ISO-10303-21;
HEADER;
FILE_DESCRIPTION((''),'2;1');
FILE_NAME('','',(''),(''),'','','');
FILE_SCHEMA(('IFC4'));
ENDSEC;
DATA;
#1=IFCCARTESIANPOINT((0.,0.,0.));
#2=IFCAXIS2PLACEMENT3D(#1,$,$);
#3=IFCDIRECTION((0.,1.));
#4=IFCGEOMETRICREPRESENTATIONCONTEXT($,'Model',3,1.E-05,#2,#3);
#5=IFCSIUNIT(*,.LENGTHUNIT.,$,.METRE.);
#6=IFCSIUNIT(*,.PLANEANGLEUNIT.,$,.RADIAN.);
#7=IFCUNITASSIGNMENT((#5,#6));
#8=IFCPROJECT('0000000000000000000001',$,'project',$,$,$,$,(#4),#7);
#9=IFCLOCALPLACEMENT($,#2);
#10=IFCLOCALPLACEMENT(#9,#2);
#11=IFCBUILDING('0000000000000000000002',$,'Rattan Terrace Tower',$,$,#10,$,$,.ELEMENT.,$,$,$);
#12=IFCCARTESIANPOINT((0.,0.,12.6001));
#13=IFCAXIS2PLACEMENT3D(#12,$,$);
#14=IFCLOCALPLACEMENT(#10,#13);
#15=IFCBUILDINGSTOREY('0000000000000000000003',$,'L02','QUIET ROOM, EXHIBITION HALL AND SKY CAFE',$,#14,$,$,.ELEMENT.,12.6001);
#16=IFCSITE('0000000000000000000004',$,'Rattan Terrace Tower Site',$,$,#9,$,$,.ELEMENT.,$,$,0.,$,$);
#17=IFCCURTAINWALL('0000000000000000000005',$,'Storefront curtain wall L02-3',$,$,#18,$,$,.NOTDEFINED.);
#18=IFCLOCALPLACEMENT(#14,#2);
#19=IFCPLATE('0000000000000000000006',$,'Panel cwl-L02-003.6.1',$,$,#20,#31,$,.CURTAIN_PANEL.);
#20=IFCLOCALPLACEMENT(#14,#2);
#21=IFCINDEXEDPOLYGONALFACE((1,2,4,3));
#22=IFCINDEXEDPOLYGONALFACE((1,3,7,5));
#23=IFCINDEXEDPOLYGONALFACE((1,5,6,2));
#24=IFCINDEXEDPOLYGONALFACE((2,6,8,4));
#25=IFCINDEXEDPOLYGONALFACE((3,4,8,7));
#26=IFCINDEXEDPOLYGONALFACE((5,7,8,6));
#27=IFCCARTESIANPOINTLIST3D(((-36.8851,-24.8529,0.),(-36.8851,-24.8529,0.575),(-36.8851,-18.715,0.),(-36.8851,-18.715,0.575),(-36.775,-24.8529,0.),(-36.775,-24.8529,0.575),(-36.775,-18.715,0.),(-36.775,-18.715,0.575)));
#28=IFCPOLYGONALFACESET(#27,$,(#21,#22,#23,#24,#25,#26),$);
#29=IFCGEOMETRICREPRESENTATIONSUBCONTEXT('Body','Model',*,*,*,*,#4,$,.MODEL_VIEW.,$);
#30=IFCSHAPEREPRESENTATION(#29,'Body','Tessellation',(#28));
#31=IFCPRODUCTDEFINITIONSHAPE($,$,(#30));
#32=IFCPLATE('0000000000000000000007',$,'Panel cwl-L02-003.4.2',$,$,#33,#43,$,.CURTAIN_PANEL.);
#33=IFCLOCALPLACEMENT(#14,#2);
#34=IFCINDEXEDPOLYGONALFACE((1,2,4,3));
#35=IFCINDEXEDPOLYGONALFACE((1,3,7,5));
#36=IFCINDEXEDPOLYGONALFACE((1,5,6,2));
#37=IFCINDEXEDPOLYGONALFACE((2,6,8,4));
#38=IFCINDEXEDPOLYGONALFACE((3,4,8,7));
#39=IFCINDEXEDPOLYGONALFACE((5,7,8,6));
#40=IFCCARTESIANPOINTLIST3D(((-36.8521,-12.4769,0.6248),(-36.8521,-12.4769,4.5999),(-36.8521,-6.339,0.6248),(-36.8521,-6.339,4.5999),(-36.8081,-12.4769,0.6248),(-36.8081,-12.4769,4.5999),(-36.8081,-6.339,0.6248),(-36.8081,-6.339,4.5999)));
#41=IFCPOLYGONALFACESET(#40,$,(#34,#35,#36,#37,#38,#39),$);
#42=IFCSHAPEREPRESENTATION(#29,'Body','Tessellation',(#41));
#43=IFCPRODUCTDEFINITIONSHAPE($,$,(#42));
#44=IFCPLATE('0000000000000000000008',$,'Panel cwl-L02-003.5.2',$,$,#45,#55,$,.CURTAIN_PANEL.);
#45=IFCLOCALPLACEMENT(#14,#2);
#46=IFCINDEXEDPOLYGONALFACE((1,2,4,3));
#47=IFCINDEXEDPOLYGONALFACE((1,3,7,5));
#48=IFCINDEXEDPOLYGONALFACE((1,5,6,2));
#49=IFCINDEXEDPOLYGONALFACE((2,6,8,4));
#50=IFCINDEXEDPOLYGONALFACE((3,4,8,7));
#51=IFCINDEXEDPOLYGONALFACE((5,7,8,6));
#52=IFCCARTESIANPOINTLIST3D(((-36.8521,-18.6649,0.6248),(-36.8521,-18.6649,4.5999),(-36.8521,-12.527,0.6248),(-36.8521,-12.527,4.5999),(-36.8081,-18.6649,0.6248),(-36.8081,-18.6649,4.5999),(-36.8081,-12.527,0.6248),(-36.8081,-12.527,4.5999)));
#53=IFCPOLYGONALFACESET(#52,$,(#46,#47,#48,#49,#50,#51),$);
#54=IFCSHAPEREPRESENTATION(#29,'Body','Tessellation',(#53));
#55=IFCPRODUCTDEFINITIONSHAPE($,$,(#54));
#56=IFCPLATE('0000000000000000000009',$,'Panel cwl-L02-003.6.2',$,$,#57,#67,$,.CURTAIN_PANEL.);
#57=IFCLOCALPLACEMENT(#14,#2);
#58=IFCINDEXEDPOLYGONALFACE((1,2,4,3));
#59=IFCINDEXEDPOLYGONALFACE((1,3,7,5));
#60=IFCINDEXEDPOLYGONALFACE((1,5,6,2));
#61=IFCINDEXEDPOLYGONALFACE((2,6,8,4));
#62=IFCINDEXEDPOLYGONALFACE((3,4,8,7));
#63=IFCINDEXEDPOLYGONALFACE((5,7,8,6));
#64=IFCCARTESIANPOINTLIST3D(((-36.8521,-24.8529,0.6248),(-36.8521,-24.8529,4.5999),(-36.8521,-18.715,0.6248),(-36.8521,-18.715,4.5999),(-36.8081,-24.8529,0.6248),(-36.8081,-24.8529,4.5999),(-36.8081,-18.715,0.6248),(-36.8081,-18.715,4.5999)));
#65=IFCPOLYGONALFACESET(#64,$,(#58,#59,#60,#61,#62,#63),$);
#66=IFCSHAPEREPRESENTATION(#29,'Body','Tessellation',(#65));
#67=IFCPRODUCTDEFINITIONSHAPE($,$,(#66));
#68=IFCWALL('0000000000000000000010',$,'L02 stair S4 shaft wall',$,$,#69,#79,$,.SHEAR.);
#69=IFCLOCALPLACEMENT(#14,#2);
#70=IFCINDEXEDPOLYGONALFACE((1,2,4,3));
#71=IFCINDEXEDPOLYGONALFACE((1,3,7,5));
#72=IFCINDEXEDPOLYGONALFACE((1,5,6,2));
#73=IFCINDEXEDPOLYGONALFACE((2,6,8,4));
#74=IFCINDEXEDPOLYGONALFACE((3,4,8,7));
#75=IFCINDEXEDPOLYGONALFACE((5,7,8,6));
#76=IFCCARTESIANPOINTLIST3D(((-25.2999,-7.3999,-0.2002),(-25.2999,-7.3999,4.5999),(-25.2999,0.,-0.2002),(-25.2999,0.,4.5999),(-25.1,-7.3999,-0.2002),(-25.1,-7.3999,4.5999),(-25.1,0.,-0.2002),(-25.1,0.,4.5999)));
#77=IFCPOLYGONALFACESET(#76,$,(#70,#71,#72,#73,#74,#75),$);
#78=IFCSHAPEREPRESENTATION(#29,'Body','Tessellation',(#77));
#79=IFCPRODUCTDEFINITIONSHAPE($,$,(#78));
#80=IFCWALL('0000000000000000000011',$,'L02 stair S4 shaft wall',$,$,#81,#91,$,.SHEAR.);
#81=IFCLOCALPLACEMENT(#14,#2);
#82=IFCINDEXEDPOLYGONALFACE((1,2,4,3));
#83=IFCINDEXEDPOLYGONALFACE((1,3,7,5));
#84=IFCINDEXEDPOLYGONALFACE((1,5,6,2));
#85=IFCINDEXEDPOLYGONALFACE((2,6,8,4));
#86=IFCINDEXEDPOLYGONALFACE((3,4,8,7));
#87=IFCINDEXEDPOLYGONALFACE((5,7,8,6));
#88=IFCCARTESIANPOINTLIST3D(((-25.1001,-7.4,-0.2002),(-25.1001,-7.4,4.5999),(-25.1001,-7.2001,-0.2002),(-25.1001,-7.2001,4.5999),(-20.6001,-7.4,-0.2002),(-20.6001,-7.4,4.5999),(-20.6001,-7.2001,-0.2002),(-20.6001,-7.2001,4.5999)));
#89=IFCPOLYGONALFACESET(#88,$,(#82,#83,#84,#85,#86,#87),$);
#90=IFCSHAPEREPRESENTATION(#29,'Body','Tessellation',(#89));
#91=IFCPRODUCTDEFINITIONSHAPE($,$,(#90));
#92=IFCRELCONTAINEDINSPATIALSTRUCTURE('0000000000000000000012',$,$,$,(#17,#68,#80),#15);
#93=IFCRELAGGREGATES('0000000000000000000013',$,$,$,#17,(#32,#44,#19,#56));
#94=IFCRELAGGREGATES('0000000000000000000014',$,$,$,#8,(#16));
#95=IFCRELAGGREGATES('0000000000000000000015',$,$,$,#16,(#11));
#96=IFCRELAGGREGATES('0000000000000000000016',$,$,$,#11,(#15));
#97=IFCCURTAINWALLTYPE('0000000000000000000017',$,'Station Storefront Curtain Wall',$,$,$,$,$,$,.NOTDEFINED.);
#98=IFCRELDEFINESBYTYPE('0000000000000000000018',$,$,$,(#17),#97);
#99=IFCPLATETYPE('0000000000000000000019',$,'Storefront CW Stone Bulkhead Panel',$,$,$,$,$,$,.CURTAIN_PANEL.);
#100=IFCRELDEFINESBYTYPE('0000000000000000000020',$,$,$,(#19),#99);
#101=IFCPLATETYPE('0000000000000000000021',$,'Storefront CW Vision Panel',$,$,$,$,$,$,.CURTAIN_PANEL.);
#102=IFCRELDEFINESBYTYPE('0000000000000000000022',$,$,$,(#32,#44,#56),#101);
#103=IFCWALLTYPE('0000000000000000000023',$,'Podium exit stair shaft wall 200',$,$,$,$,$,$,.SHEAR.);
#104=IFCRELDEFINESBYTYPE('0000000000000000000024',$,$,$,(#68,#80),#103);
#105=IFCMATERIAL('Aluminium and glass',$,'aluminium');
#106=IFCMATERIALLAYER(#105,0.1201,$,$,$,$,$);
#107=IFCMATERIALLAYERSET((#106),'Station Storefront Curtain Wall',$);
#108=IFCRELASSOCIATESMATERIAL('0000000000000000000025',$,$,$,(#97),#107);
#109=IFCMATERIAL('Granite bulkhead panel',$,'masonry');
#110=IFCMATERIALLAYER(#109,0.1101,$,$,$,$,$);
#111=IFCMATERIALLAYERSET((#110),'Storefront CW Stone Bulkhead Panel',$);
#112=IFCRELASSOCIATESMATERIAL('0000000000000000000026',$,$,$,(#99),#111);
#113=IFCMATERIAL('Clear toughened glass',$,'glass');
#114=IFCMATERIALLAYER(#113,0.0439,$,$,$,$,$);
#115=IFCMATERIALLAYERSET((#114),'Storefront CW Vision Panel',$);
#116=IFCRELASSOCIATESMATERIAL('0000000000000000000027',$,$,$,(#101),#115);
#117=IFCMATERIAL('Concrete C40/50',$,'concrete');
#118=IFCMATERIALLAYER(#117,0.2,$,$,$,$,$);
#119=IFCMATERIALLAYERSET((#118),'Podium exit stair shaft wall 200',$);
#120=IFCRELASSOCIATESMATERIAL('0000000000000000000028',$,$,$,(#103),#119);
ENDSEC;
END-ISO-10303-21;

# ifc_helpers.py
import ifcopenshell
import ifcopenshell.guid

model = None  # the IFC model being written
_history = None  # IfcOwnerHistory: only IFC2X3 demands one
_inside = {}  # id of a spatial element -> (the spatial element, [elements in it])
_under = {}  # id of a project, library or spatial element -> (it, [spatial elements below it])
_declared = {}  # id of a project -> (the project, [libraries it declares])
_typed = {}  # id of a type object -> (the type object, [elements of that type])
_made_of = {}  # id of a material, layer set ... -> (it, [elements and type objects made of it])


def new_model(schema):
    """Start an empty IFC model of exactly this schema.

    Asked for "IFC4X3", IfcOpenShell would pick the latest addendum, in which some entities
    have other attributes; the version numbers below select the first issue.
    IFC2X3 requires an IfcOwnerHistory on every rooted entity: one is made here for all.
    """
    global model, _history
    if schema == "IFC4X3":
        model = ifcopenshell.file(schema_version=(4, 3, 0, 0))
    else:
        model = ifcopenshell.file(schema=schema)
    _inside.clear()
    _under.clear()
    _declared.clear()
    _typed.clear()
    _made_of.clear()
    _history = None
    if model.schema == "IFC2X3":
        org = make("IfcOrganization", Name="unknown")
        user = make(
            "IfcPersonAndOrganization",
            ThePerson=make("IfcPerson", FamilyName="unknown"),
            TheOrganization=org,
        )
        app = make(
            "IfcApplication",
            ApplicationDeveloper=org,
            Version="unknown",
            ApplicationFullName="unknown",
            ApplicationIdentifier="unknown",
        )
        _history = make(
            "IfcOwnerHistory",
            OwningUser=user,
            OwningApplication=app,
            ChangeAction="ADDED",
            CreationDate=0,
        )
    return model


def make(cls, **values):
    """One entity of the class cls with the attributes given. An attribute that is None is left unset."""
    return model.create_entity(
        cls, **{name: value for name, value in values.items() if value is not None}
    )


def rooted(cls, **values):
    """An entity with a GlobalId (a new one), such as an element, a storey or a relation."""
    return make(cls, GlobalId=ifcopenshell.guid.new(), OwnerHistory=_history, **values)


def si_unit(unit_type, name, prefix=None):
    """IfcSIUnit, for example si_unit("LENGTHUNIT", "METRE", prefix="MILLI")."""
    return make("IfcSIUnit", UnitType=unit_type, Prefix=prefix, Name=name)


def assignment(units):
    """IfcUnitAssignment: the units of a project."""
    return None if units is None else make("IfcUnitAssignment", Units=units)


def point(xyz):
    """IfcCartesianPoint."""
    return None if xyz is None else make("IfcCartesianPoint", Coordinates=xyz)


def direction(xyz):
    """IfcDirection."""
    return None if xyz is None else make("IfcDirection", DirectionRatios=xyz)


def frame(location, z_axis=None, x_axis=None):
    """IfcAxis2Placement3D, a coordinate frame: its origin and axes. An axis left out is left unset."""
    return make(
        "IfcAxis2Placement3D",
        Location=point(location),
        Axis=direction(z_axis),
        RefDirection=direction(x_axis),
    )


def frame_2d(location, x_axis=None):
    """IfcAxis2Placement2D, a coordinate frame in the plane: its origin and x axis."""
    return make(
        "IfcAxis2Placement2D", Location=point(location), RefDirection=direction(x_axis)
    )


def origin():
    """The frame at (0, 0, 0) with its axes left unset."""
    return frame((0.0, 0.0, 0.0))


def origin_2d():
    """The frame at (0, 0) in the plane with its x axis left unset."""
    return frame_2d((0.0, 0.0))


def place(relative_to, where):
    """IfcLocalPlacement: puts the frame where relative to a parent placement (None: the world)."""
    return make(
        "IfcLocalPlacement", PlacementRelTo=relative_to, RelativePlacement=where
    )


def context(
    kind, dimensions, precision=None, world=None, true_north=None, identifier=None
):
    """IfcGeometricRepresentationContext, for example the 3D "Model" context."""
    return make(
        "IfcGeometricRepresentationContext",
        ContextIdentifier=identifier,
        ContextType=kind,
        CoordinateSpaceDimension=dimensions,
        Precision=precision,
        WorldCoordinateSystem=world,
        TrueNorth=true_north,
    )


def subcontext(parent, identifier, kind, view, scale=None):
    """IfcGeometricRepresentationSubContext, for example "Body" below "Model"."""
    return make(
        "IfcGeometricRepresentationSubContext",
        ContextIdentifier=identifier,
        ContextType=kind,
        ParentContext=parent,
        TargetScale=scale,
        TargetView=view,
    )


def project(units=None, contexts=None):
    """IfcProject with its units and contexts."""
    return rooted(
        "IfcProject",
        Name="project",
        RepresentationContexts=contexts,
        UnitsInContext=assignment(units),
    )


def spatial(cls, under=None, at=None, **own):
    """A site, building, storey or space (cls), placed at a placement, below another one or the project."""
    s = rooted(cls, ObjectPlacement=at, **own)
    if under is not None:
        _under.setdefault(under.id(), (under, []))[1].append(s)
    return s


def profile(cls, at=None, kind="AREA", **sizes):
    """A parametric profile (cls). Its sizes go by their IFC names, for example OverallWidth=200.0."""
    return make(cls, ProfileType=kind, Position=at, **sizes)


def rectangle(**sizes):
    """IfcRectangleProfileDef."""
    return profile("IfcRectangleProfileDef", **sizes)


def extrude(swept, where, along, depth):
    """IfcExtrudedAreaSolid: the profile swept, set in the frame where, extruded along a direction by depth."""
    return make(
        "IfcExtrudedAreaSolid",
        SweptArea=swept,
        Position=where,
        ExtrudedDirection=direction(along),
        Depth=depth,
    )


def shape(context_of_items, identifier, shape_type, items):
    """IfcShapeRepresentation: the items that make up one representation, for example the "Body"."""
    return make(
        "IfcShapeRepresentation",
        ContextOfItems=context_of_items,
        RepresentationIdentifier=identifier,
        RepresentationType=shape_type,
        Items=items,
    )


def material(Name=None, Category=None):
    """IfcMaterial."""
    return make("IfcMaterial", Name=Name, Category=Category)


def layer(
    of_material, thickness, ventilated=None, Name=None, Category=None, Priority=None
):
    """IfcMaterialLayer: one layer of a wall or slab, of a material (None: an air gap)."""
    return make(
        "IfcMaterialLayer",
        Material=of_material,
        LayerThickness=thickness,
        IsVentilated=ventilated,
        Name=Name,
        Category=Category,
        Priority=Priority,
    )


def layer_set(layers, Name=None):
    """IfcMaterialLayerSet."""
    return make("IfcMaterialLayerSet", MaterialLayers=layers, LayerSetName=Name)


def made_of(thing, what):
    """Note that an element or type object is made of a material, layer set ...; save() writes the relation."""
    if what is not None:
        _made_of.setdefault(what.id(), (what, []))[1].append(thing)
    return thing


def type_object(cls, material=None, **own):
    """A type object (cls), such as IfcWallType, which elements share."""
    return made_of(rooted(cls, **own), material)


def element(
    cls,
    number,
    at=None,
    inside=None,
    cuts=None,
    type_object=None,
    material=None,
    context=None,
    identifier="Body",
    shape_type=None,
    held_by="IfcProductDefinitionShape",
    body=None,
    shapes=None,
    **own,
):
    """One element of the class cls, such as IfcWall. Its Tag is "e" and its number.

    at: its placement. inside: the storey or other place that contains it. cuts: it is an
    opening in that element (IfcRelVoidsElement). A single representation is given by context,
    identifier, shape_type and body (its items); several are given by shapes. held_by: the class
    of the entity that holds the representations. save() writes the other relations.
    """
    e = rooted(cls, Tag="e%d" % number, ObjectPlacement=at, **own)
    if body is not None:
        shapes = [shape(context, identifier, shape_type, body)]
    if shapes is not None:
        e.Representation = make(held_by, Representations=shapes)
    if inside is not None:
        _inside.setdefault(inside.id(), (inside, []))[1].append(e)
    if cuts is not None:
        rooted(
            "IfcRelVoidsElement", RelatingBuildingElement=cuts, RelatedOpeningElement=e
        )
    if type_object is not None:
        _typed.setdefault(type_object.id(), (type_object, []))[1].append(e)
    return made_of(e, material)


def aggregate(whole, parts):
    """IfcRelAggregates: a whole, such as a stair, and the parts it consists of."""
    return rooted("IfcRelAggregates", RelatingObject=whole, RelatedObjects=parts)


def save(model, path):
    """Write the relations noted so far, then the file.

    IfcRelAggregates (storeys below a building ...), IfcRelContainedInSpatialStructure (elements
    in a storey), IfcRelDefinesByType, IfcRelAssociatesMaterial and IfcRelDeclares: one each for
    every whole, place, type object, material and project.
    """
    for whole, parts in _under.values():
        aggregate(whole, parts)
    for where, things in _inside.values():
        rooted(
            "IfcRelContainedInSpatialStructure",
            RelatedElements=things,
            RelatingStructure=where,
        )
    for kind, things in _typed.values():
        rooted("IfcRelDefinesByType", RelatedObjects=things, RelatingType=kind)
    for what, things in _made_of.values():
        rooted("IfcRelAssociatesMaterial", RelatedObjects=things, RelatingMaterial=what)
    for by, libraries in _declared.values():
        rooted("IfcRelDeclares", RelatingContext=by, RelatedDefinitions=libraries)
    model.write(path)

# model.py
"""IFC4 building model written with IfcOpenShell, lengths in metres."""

from ifc_helpers import new_model, si_unit, direction, frame, frame_2d, origin, origin_2d, place, context, subcontext, project, spatial, rectangle, extrude, material, layer, layer_set, type_object, element, aggregate, save


model = new_model("IFC4")

# Units and contexts
model_context = context("Model", 3, precision=1e-05, world=origin(), true_north=direction((0.0, 1.0)))
body_context = subcontext(model_context, "Body", "Model", "MODEL_VIEW")
ifc_project = project(units=[si_unit("LENGTHUNIT", "METRE"), si_unit("PLANEANGLEUNIT", "RADIAN")], contexts=[model_context])

# Site, building, storey
site_placement = place(None, origin())
site = spatial("IfcSite", under=ifc_project, at=site_placement, Name="Rattan Terrace Tower Site", CompositionType="ELEMENT", RefElevation=0.0)
building_placement = place(site_placement, origin())
building = spatial("IfcBuilding", under=site, at=building_placement, Name="Rattan Terrace Tower", CompositionType="ELEMENT")
storey_placement = place(building_placement, frame((0.0, 0.0, 12.6001)))
storey = spatial("IfcBuildingStorey", under=building, at=storey_placement, Name="L02", Description="QUIET ROOM, EXHIBITION HALL AND SKY CAFE", CompositionType="ELEMENT", Elevation=12.6001)

# Curtain wall, plates
ifc_material_1 = material(Name="Aluminium and glass", Category="aluminium")
ifc_layer_1 = layer(ifc_material_1, 0.1201)
ifc_layer_set_1 = layer_set([ifc_layer_1], Name="Station Storefront Curtain Wall")
curtain_wall_type = type_object("IfcCurtainWallType", Name="Station Storefront Curtain Wall", PredefinedType="NOTDEFINED", material=ifc_layer_set_1)
curtain_wall_placement = place(storey_placement, origin())
curtain_wall = element("IfcCurtainWall", 1, at=curtain_wall_placement, inside=storey, type_object=curtain_wall_type, Name="Storefront curtain wall L02-3", PredefinedType="NOTDEFINED")
ifc_material_2 = material(Name="Granite bulkhead panel", Category="masonry")
ifc_layer_2 = layer(ifc_material_2, 0.1101)
ifc_layer_set_2 = layer_set([ifc_layer_2], Name="Storefront CW Stone Bulkhead Panel")
plate_type_1 = type_object("IfcPlateType", Name="Storefront CW Stone Bulkhead Panel", PredefinedType="CURTAIN_PANEL", material=ifc_layer_set_2)
plate_1_placement = place(storey_placement, frame((-36.8301, -21.7839, 0.0), z_axis=(0.0, 0.0, 1.0), x_axis=(0.0, -1.0, 0.0)))
plate_1 = element("IfcPlate", 2, at=plate_1_placement, type_object=plate_type_1, Name="Panel cwl-L02-003.6.1", PredefinedType="CURTAIN_PANEL", context=body_context, shape_type="SweptSolid", body=[
    extrude(rectangle(XDim=6.1379, YDim=0.1101, at=origin_2d()), origin(), (0.0, 0.0, 1.0), 0.575),
])
ifc_material_3 = material(Name="Clear toughened glass", Category="glass")
ifc_layer_3 = layer(ifc_material_3, 0.0439)
ifc_layer_set_3 = layer_set([ifc_layer_3], Name="Storefront CW Vision Panel")
plate_type_2 = type_object("IfcPlateType", Name="Storefront CW Vision Panel", PredefinedType="CURTAIN_PANEL", material=ifc_layer_set_3)
plate_2_placement = place(storey_placement, frame((-36.8301, -9.408, 0.6248), z_axis=(0.0, 0.0, 1.0), x_axis=(0.0, -1.0, 0.0)))
plate_2 = element("IfcPlate", 3, at=plate_2_placement, type_object=plate_type_2, Name="Panel cwl-L02-003.4.2", PredefinedType="CURTAIN_PANEL", context=body_context, shape_type="SweptSolid", body=[
    extrude(rectangle(XDim=6.1379, YDim=0.0439, at=origin_2d()), origin(), (0.0, 0.0, 1.0), 3.9751),
])
plate_3_placement = place(storey_placement, frame((-36.8301, -15.5959, 0.6248), z_axis=(0.0, 0.0, 1.0), x_axis=(0.0, -1.0, 0.0)))
plate_3 = element("IfcPlate", 4, at=plate_3_placement, type_object=plate_type_2, Name="Panel cwl-L02-003.5.2", PredefinedType="CURTAIN_PANEL", context=body_context, shape_type="SweptSolid", body=[
    extrude(rectangle(XDim=6.1379, YDim=0.0439, at=origin_2d()), origin(), (0.0, 0.0, 1.0), 3.9751),
])
plate_4_placement = place(storey_placement, frame((-36.8301, -21.7839, 0.6248), z_axis=(0.0, 0.0, 1.0), x_axis=(0.0, -1.0, 0.0)))
plate_4 = element("IfcPlate", 5, at=plate_4_placement, type_object=plate_type_2, Name="Panel cwl-L02-003.6.2", PredefinedType="CURTAIN_PANEL", context=body_context, shape_type="SweptSolid", body=[
    extrude(rectangle(XDim=6.1379, YDim=0.0439, at=origin_2d()), origin(), (0.0, 0.0, 1.0), 3.9751),
])
aggregate(curtain_wall, [plate_2, plate_3, plate_1, plate_4])

# Walls
ifc_material_4 = material(Name="Concrete C40/50", Category="concrete")
ifc_layer_4 = layer(ifc_material_4, 0.2)
ifc_layer_set_4 = layer_set([ifc_layer_4], Name="Podium exit stair shaft wall 200")
wall_type = type_object("IfcWallType", Name="Podium exit stair shaft wall 200", PredefinedType="SHEAR", material=ifc_layer_set_4)
wall_1_placement = place(storey_placement, frame((-25.2, -7.3999, -0.2002), z_axis=(0.0, 0.0, 1.0), x_axis=(0.0, 1.0, 0.0)))
element("IfcWall", 6, at=wall_1_placement, inside=storey, type_object=wall_type, Name="L02 stair S4 shaft wall", PredefinedType="SHEAR", context=body_context, shape_type="SweptSolid", body=[
    extrude(rectangle(XDim=7.3999, YDim=0.2, at=frame_2d((3.7, 0.0))), origin(), (0.0, 0.0, 1.0), 4.8),
])
wall_2_placement = place(storey_placement, frame((-25.1001, -7.3, -0.2002), z_axis=(0.0, 0.0, 1.0), x_axis=(1.0, 0.0, 0.0)))
element("IfcWall", 7, at=wall_2_placement, inside=storey, type_object=wall_type, Name="L02 stair S4 shaft wall", PredefinedType="SHEAR", context=body_context, shape_type="SweptSolid", body=[
    extrude(rectangle(XDim=4.5, YDim=0.2, at=frame_2d((2.25, 0.0))), origin(), (0.0, 0.0, 1.0), 4.8),
])

save(model, "model.ifc")
